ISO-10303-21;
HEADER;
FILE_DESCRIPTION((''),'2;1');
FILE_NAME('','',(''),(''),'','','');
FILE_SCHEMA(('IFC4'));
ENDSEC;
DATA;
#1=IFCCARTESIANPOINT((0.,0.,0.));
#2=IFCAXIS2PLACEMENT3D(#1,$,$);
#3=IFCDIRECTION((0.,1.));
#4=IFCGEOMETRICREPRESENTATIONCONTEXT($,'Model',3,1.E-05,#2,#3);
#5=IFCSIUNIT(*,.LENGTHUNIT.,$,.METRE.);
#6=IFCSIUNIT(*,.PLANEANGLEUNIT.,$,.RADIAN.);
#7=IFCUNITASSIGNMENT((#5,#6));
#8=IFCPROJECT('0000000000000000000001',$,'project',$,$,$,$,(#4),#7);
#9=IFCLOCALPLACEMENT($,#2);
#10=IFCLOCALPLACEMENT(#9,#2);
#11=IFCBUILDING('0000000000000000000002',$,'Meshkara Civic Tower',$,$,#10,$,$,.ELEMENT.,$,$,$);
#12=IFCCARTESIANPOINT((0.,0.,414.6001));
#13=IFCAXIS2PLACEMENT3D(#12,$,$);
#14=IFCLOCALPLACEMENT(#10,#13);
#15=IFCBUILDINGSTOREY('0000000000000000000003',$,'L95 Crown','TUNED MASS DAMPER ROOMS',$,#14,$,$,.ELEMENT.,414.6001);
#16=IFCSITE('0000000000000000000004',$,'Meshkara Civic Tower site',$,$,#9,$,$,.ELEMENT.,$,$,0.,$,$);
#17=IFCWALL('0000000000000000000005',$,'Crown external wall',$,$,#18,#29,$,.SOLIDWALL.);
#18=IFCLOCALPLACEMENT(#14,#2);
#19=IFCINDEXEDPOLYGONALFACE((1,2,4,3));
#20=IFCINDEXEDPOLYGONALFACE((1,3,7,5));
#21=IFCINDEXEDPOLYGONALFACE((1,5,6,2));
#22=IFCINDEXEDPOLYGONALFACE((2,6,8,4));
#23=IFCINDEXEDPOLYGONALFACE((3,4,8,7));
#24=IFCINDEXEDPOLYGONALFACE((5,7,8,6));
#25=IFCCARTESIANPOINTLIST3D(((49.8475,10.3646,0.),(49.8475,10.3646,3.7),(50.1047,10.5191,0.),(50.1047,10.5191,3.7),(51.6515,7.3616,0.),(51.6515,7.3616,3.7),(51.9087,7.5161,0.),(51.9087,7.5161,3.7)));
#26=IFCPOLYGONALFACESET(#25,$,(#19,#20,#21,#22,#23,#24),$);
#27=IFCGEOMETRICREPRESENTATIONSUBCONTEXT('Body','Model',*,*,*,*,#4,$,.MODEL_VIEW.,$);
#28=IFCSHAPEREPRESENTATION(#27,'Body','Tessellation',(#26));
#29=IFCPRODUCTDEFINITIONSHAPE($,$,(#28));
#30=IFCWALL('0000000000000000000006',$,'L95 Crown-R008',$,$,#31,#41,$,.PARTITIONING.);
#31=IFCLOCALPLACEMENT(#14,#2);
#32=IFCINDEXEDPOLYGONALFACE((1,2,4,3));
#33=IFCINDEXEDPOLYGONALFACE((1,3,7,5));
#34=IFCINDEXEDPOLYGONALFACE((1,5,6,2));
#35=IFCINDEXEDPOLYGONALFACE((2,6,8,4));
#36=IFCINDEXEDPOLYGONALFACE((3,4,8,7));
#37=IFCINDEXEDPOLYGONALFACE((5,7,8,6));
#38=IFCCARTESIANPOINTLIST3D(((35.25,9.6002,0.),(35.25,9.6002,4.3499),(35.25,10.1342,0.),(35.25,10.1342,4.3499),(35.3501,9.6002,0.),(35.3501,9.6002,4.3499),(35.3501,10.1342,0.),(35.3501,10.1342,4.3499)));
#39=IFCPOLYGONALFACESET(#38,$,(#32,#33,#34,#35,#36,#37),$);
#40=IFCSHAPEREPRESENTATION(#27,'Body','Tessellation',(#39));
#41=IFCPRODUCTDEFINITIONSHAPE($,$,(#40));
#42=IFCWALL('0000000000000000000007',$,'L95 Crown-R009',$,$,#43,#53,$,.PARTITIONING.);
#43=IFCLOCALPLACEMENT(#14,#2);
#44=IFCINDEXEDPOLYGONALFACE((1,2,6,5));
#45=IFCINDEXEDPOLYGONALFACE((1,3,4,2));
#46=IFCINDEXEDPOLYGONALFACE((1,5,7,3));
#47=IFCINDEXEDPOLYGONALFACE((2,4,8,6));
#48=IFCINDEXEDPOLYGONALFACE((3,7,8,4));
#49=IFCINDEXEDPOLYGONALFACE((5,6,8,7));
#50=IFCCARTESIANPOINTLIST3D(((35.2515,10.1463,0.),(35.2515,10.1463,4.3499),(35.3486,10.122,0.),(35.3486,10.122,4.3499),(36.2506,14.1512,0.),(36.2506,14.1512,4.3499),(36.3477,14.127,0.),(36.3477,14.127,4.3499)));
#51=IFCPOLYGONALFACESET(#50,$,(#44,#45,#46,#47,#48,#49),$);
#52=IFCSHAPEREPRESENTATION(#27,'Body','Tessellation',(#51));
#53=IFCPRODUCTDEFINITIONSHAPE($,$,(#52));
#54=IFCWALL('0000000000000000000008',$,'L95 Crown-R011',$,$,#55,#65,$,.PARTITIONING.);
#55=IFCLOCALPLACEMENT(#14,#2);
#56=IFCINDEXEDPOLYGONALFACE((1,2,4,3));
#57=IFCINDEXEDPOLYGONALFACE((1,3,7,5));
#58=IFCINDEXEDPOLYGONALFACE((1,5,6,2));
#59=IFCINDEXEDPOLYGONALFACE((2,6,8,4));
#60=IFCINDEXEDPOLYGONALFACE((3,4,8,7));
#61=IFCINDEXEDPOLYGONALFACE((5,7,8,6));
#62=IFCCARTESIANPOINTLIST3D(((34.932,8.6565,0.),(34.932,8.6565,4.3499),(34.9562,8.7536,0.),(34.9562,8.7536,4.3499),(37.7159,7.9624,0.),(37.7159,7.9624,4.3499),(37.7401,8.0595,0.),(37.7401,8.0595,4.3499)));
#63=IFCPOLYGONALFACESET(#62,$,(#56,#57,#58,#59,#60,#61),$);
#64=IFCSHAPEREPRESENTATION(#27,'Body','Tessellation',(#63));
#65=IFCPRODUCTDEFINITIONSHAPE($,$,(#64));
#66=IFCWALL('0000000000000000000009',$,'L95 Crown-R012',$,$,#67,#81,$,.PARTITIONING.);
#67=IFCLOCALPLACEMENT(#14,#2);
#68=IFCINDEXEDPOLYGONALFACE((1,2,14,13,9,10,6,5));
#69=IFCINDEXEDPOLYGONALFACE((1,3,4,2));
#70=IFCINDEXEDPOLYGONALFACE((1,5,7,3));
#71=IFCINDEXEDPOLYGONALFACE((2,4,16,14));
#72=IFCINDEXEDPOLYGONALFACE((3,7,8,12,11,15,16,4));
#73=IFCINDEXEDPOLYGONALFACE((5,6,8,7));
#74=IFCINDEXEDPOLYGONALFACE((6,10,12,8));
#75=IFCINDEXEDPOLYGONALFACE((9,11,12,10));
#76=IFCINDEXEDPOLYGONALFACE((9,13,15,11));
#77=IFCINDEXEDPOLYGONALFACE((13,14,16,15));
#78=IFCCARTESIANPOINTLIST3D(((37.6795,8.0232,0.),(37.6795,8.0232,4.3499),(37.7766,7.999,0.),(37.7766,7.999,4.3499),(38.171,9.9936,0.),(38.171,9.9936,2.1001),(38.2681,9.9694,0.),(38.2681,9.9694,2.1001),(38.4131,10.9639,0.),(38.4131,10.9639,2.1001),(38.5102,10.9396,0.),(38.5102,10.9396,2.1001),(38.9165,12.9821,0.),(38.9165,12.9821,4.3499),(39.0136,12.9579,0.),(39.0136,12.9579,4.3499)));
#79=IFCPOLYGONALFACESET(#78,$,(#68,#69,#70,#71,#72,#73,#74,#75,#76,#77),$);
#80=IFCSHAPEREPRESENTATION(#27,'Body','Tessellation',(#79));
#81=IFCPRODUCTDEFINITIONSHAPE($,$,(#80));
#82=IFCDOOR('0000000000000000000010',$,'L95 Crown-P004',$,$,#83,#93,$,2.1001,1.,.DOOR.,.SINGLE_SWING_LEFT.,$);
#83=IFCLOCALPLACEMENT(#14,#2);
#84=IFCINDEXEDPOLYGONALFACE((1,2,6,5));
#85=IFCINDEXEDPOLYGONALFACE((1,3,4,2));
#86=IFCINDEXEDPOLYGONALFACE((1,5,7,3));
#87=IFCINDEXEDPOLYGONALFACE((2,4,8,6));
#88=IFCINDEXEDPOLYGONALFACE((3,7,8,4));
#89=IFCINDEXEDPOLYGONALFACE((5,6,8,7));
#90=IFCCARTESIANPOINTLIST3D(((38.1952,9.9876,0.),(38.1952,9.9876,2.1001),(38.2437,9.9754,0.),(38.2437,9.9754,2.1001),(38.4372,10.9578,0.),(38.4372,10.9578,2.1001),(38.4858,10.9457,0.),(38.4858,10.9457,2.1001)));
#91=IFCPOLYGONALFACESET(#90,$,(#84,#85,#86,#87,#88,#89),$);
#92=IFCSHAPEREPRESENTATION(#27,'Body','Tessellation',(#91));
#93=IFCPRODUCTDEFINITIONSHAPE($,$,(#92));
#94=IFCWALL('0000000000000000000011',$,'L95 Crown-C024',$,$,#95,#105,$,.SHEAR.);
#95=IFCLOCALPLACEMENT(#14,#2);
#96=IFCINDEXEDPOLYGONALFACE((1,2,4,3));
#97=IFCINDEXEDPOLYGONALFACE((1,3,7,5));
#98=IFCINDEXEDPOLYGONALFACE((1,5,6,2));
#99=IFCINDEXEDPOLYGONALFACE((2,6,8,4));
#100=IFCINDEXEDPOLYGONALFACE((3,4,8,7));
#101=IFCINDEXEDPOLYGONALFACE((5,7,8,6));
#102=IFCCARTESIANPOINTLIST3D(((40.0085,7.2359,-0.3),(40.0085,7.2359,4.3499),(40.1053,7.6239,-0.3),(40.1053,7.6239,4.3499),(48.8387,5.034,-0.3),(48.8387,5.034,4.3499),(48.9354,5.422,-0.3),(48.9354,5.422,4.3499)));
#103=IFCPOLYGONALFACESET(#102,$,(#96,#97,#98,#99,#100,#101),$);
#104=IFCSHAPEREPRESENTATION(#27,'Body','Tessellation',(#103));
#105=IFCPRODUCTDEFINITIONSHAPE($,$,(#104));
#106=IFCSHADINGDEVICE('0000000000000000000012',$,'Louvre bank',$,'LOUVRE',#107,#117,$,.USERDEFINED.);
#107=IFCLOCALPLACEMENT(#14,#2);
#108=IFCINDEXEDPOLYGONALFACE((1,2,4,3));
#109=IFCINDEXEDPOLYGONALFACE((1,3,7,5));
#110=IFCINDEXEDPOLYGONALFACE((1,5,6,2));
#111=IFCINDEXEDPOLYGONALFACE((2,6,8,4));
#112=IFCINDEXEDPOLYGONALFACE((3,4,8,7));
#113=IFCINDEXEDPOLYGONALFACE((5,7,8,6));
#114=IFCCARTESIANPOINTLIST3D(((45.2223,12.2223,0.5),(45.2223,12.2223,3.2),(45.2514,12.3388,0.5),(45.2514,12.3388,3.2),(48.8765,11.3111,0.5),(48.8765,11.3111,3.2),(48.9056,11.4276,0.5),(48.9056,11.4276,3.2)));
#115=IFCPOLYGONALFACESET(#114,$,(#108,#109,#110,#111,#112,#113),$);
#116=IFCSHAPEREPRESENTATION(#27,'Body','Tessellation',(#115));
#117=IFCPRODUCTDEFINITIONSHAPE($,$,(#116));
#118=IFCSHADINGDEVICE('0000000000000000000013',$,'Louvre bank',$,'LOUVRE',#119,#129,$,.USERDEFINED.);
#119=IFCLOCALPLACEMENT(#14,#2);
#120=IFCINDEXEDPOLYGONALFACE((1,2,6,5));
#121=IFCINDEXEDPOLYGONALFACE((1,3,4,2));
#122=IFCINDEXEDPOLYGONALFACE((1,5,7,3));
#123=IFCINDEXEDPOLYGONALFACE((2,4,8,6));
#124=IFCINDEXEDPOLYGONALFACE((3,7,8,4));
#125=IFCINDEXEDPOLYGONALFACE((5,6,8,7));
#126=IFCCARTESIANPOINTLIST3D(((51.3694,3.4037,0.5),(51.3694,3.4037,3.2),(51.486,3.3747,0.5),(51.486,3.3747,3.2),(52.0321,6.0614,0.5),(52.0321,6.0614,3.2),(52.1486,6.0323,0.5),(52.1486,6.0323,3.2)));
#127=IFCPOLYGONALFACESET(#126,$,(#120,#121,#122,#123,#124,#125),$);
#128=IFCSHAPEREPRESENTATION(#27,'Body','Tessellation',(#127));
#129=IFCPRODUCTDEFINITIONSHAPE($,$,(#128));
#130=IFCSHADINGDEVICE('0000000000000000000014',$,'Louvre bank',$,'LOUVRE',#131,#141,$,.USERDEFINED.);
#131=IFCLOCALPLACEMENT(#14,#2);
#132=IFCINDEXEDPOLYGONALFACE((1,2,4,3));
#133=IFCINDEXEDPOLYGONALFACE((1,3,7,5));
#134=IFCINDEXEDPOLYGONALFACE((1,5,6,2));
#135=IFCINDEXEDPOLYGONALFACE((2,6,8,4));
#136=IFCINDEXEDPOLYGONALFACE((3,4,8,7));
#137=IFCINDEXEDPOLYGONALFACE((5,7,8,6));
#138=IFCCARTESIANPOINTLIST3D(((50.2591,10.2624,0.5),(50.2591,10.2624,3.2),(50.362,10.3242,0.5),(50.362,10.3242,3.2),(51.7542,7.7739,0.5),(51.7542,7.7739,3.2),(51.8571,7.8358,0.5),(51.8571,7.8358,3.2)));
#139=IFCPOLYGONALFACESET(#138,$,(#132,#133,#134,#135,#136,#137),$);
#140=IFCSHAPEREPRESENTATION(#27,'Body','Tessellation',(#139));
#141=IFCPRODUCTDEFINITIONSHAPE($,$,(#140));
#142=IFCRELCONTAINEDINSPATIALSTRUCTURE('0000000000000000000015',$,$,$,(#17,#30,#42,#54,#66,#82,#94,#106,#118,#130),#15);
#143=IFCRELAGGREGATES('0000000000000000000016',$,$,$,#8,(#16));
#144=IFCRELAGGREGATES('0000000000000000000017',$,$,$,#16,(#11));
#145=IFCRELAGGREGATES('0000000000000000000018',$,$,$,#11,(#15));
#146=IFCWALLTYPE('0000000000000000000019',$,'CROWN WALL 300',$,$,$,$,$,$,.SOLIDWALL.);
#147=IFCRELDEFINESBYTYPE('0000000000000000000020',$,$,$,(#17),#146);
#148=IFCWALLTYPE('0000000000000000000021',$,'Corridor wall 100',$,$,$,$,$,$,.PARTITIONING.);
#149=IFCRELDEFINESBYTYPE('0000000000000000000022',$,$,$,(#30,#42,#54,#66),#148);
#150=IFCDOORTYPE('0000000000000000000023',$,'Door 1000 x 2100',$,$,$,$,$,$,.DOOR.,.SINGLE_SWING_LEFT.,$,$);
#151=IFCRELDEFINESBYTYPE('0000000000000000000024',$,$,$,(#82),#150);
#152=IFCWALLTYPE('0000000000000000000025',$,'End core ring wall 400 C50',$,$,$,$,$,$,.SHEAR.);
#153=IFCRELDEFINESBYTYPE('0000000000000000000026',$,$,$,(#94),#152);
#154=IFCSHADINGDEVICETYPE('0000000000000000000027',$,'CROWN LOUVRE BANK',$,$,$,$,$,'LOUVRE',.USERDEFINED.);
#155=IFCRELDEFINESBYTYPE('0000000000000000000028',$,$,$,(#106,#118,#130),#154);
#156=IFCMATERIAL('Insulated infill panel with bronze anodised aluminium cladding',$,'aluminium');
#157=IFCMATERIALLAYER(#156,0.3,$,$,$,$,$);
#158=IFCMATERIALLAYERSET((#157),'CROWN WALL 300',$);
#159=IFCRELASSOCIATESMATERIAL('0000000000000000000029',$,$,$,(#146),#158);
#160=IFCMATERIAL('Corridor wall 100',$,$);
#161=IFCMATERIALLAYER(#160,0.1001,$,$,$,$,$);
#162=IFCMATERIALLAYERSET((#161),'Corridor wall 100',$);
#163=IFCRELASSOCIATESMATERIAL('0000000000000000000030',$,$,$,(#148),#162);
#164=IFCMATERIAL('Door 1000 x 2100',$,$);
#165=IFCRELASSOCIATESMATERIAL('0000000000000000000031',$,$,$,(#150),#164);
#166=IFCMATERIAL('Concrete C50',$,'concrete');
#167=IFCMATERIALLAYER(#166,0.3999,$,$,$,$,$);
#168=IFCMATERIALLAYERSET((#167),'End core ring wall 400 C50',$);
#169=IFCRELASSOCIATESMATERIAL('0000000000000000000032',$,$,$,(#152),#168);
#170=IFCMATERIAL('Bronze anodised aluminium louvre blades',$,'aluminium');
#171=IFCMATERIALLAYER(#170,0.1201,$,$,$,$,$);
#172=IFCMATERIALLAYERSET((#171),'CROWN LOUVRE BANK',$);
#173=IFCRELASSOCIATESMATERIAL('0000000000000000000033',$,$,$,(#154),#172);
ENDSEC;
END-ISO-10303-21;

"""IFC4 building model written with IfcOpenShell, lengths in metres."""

from ifc_helpers import new_model, si_unit, direction, frame, frame_2d, origin, origin_2d, place, context, subcontext, project, spatial, rectangle, extrude, material, layer, layer_set, type_object, element, fill, save


model = new_model("IFC4")

# Units and contexts
model_context = context("Model", 3, precision=1e-05, world=origin(), true_north=direction((0.0, 1.0)))
body_context = subcontext(model_context, "Body", "Model", "MODEL_VIEW")
ifc_project = project(units=[si_unit("LENGTHUNIT", "METRE"), si_unit("PLANEANGLEUNIT", "RADIAN")], contexts=[model_context])

# Site, building, storey
site_placement = place(None, origin())
site = spatial("IfcSite", under=ifc_project, at=site_placement, Name="Meshkara Civic Tower site", CompositionType="ELEMENT", RefElevation=0.0)
building_placement = place(site_placement, origin())
building = spatial("IfcBuilding", under=site, at=building_placement, Name="Meshkara Civic Tower", CompositionType="ELEMENT")
storey_placement = place(building_placement, frame((0.0, 0.0, 414.6001)))
storey = spatial("IfcBuildingStorey", under=building, at=storey_placement, Name="L95 Crown", Description="TUNED MASS DAMPER ROOMS", CompositionType="ELEMENT", Elevation=414.6001)

# Walls
ifc_material_1 = material(Name="Insulated infill panel with bronze anodised aluminium cladding", Category="aluminium")
ifc_layer_1 = layer(ifc_material_1, 0.3)
ifc_layer_set_1 = layer_set([ifc_layer_1], Name="CROWN WALL 300")
wall_type_1 = type_object("IfcWallType", Name="CROWN WALL 300", PredefinedType="SOLIDWALL", material=ifc_layer_set_1)
wall_1_placement = place(storey_placement, frame((51.78, 7.439, 0.0), z_axis=(0.0, 0.0, 1.0), x_axis=(-0.514957, 0.857216, 0.0)))
element("IfcWall", 1, at=wall_1_placement, inside=storey, type_object=wall_type_1, Name="Crown external wall", PredefinedType="SOLIDWALL", context=body_context, shape_type="SweptSolid", body=[
    extrude(rectangle(XDim=3.5032, YDim=0.3, at=frame_2d((1.7515, 0.0))), origin(), (0.0, 0.0, 1.0), 3.7),
])
ifc_material_2 = material(Name="Corridor wall 100")
ifc_layer_2 = layer(ifc_material_2, 0.1001)
ifc_layer_set_2 = layer_set([ifc_layer_2], Name="Corridor wall 100")
wall_type_2 = type_object("IfcWallType", Name="Corridor wall 100", PredefinedType="PARTITIONING", material=ifc_layer_set_2)
wall_2_placement = place(storey_placement, frame((35.3, 9.6001, 0.0), z_axis=(0.0, 0.0, 1.0), x_axis=(0.0, 1.0, 0.0)))
element("IfcWall", 2, at=wall_2_placement, inside=storey, type_object=wall_type_2, Name="L95 Crown-R008", PredefinedType="PARTITIONING", context=body_context, shape_type="SweptSolid", body=[
    extrude(rectangle(XDim=0.5339, YDim=0.1001, at=frame_2d((0.2671, 0.0))), origin(), (0.0, 0.0, 1.0), 4.3499),
])
wall_3_placement = place(storey_placement, frame((35.3, 10.134, 0.0), z_axis=(0.0, 0.0, 1.0), x_axis=(0.242035, 0.970268, 0.0)))
element("IfcWall", 3, at=wall_3_placement, inside=storey, type_object=wall_type_2, Name="L95 Crown-R009", PredefinedType="PARTITIONING", context=body_context, shape_type="SweptSolid", body=[
    extrude(rectangle(XDim=4.1277, YDim=0.1001, at=frame_2d((2.064, 0.0))), origin(), (0.0, 0.0, 1.0), 4.3499),
])
wall_4_placement = place(storey_placement, frame((37.728, 8.011, 0.0), z_axis=(0.0, 0.0, 1.0), x_axis=(-0.970297, 0.241915, 0.0)))
element("IfcWall", 4, at=wall_4_placement, inside=storey, type_object=wall_type_2, Name="L95 Crown-R011", PredefinedType="PARTITIONING", context=body_context, shape_type="SweptSolid", body=[
    extrude(rectangle(XDim=2.8691, YDim=0.1001, at=frame_2d((1.4346, 0.0))), origin(), (0.0, 0.0, 1.0), 4.3499),
])

# Wall, opening, door
wall_5_placement = place(storey_placement, frame((38.9651, 12.97, 0.0), z_axis=(0.0, 0.0, 1.0), x_axis=(-0.242041, -0.970266, 0.0)))
wall_5 = element("IfcWall", 5, at=wall_5_placement, inside=storey, type_object=wall_type_2, Name="L95 Crown-R012", PredefinedType="PARTITIONING", context=body_context, shape_type="SweptSolid", body=[
    extrude(rectangle(XDim=5.1108, YDim=0.1001, at=frame_2d((2.5554, 0.0))), origin(), (0.0, 0.0, 1.0), 4.3499),
])
opening_placement = place(wall_5_placement, frame((2.0801, 0.0, 0.0)))
opening = element("IfcOpeningElement", 6, at=opening_placement, cuts=wall_5, PredefinedType="OPENING", context=body_context, shape_type="SweptSolid", body=[
    extrude(rectangle(XDim=1.0, YDim=2.1001, at=frame_2d((0.5, 1.05))), frame((0.0, 0.0601, 0.0), z_axis=(0.0, -1.0, 0.0), x_axis=(1.0, 0.0, 0.0)), (0.0, 0.0, 1.0), 0.1201),
])
ifc_material_3 = material(Name="Door 1000 x 2100")
door_type = type_object("IfcDoorType", Name="Door 1000 x 2100", OperationType="SINGLE_SWING_LEFT", PredefinedType="DOOR", material=ifc_material_3)
door_placement = place(opening_placement, origin())
door = element("IfcDoor", 7, at=door_placement, inside=storey, type_object=door_type, Name="L95 Crown-P004", OperationType="SINGLE_SWING_LEFT", OverallHeight=2.1001, OverallWidth=1.0, PredefinedType="DOOR", context=body_context, shape_type="SweptSolid", body=[
    extrude(rectangle(XDim=1.0, YDim=2.1001, at=frame_2d((0.5, 1.05))), frame((0.0, 0.0249, 0.0), z_axis=(0.0, -1.0, 0.0), x_axis=(1.0, 0.0, 0.0)), (0.0, 0.0, 1.0), 0.05),
])
fill(opening, door)

# Wall
ifc_material_4 = material(Name="Concrete C50", Category="concrete")
ifc_layer_3 = layer(ifc_material_4, 0.3999)
ifc_layer_set_3 = layer_set([ifc_layer_3], Name="End core ring wall 400 C50")
wall_type_3 = type_object("IfcWallType", Name="End core ring wall 400 C50", PredefinedType="SHEAR", material=ifc_layer_set_3)
wall_6_placement = place(storey_placement, frame((40.0569, 7.4299, -0.3), z_axis=(0.0, 0.0, 1.0), x_axis=(0.970288, -0.241955, 0.0)))
element("IfcWall", 8, at=wall_6_placement, inside=storey, type_object=wall_type_3, Name="L95 Crown-C024", PredefinedType="SHEAR", context=body_context, shape_type="SweptSolid", body=[
    extrude(rectangle(XDim=9.1006, YDim=0.3999, at=frame_2d((4.5503, 0.0))), origin(), (0.0, 0.0, 1.0), 4.6499),
])

# Shading devices
ifc_material_5 = material(Name="Bronze anodised aluminium louvre blades", Category="aluminium")
ifc_layer_4 = layer(ifc_material_5, 0.1201)
ifc_layer_set_4 = layer_set([ifc_layer_4], Name="CROWN LOUVRE BANK")
shading_device_type = type_object("IfcShadingDeviceType", Name="CROWN LOUVRE BANK", ElementType="LOUVRE", PredefinedType="USERDEFINED", material=ifc_layer_set_4)
shading_device_1_placement = place(storey_placement, frame((47.064, 11.825, 0.5), z_axis=(0.0, 0.0, 1.0), x_axis=(-0.970287, 0.241956, 0.0)))
element("IfcShadingDevice", 9, at=shading_device_1_placement, inside=storey, type_object=shading_device_type, Name="Louvre bank", ObjectType="LOUVRE", PredefinedType="USERDEFINED", context=body_context, shape_type="SweptSolid", body=[
    extrude(rectangle(XDim=3.7661, YDim=0.1201, at=origin_2d()), origin(), (0.0, 0.0, 1.0), 2.7),
])
shading_device_2_placement = place(storey_placement, frame((51.759, 4.718, 0.5), z_axis=(0.0, 0.0, 1.0), x_axis=(0.241922, 0.970296, 0.0)))
element("IfcShadingDevice", 10, at=shading_device_2_placement, inside=storey, type_object=shading_device_type, Name="Louvre bank", ObjectType="LOUVRE", PredefinedType="USERDEFINED", context=body_context, shape_type="SweptSolid", body=[
    extrude(rectangle(XDim=2.739, YDim=0.1201, at=origin_2d()), origin(), (0.0, 0.0, 1.0), 2.7),
])
shading_device_3_placement = place(storey_placement, frame((51.0581, 9.0491, 0.5), z_axis=(0.0, 0.0, 1.0), x_axis=(-0.515008, 0.857185, 0.0)))
element("IfcShadingDevice", 11, at=shading_device_3_placement, inside=storey, type_object=shading_device_type, Name="Louvre bank", ObjectType="LOUVRE", PredefinedType="USERDEFINED", context=body_context, shape_type="SweptSolid", body=[
    extrude(rectangle(XDim=2.9031, YDim=0.1201, at=origin_2d()), origin(), (0.0, 0.0, 1.0), 2.7),
])

save(model, "model.ifc")
